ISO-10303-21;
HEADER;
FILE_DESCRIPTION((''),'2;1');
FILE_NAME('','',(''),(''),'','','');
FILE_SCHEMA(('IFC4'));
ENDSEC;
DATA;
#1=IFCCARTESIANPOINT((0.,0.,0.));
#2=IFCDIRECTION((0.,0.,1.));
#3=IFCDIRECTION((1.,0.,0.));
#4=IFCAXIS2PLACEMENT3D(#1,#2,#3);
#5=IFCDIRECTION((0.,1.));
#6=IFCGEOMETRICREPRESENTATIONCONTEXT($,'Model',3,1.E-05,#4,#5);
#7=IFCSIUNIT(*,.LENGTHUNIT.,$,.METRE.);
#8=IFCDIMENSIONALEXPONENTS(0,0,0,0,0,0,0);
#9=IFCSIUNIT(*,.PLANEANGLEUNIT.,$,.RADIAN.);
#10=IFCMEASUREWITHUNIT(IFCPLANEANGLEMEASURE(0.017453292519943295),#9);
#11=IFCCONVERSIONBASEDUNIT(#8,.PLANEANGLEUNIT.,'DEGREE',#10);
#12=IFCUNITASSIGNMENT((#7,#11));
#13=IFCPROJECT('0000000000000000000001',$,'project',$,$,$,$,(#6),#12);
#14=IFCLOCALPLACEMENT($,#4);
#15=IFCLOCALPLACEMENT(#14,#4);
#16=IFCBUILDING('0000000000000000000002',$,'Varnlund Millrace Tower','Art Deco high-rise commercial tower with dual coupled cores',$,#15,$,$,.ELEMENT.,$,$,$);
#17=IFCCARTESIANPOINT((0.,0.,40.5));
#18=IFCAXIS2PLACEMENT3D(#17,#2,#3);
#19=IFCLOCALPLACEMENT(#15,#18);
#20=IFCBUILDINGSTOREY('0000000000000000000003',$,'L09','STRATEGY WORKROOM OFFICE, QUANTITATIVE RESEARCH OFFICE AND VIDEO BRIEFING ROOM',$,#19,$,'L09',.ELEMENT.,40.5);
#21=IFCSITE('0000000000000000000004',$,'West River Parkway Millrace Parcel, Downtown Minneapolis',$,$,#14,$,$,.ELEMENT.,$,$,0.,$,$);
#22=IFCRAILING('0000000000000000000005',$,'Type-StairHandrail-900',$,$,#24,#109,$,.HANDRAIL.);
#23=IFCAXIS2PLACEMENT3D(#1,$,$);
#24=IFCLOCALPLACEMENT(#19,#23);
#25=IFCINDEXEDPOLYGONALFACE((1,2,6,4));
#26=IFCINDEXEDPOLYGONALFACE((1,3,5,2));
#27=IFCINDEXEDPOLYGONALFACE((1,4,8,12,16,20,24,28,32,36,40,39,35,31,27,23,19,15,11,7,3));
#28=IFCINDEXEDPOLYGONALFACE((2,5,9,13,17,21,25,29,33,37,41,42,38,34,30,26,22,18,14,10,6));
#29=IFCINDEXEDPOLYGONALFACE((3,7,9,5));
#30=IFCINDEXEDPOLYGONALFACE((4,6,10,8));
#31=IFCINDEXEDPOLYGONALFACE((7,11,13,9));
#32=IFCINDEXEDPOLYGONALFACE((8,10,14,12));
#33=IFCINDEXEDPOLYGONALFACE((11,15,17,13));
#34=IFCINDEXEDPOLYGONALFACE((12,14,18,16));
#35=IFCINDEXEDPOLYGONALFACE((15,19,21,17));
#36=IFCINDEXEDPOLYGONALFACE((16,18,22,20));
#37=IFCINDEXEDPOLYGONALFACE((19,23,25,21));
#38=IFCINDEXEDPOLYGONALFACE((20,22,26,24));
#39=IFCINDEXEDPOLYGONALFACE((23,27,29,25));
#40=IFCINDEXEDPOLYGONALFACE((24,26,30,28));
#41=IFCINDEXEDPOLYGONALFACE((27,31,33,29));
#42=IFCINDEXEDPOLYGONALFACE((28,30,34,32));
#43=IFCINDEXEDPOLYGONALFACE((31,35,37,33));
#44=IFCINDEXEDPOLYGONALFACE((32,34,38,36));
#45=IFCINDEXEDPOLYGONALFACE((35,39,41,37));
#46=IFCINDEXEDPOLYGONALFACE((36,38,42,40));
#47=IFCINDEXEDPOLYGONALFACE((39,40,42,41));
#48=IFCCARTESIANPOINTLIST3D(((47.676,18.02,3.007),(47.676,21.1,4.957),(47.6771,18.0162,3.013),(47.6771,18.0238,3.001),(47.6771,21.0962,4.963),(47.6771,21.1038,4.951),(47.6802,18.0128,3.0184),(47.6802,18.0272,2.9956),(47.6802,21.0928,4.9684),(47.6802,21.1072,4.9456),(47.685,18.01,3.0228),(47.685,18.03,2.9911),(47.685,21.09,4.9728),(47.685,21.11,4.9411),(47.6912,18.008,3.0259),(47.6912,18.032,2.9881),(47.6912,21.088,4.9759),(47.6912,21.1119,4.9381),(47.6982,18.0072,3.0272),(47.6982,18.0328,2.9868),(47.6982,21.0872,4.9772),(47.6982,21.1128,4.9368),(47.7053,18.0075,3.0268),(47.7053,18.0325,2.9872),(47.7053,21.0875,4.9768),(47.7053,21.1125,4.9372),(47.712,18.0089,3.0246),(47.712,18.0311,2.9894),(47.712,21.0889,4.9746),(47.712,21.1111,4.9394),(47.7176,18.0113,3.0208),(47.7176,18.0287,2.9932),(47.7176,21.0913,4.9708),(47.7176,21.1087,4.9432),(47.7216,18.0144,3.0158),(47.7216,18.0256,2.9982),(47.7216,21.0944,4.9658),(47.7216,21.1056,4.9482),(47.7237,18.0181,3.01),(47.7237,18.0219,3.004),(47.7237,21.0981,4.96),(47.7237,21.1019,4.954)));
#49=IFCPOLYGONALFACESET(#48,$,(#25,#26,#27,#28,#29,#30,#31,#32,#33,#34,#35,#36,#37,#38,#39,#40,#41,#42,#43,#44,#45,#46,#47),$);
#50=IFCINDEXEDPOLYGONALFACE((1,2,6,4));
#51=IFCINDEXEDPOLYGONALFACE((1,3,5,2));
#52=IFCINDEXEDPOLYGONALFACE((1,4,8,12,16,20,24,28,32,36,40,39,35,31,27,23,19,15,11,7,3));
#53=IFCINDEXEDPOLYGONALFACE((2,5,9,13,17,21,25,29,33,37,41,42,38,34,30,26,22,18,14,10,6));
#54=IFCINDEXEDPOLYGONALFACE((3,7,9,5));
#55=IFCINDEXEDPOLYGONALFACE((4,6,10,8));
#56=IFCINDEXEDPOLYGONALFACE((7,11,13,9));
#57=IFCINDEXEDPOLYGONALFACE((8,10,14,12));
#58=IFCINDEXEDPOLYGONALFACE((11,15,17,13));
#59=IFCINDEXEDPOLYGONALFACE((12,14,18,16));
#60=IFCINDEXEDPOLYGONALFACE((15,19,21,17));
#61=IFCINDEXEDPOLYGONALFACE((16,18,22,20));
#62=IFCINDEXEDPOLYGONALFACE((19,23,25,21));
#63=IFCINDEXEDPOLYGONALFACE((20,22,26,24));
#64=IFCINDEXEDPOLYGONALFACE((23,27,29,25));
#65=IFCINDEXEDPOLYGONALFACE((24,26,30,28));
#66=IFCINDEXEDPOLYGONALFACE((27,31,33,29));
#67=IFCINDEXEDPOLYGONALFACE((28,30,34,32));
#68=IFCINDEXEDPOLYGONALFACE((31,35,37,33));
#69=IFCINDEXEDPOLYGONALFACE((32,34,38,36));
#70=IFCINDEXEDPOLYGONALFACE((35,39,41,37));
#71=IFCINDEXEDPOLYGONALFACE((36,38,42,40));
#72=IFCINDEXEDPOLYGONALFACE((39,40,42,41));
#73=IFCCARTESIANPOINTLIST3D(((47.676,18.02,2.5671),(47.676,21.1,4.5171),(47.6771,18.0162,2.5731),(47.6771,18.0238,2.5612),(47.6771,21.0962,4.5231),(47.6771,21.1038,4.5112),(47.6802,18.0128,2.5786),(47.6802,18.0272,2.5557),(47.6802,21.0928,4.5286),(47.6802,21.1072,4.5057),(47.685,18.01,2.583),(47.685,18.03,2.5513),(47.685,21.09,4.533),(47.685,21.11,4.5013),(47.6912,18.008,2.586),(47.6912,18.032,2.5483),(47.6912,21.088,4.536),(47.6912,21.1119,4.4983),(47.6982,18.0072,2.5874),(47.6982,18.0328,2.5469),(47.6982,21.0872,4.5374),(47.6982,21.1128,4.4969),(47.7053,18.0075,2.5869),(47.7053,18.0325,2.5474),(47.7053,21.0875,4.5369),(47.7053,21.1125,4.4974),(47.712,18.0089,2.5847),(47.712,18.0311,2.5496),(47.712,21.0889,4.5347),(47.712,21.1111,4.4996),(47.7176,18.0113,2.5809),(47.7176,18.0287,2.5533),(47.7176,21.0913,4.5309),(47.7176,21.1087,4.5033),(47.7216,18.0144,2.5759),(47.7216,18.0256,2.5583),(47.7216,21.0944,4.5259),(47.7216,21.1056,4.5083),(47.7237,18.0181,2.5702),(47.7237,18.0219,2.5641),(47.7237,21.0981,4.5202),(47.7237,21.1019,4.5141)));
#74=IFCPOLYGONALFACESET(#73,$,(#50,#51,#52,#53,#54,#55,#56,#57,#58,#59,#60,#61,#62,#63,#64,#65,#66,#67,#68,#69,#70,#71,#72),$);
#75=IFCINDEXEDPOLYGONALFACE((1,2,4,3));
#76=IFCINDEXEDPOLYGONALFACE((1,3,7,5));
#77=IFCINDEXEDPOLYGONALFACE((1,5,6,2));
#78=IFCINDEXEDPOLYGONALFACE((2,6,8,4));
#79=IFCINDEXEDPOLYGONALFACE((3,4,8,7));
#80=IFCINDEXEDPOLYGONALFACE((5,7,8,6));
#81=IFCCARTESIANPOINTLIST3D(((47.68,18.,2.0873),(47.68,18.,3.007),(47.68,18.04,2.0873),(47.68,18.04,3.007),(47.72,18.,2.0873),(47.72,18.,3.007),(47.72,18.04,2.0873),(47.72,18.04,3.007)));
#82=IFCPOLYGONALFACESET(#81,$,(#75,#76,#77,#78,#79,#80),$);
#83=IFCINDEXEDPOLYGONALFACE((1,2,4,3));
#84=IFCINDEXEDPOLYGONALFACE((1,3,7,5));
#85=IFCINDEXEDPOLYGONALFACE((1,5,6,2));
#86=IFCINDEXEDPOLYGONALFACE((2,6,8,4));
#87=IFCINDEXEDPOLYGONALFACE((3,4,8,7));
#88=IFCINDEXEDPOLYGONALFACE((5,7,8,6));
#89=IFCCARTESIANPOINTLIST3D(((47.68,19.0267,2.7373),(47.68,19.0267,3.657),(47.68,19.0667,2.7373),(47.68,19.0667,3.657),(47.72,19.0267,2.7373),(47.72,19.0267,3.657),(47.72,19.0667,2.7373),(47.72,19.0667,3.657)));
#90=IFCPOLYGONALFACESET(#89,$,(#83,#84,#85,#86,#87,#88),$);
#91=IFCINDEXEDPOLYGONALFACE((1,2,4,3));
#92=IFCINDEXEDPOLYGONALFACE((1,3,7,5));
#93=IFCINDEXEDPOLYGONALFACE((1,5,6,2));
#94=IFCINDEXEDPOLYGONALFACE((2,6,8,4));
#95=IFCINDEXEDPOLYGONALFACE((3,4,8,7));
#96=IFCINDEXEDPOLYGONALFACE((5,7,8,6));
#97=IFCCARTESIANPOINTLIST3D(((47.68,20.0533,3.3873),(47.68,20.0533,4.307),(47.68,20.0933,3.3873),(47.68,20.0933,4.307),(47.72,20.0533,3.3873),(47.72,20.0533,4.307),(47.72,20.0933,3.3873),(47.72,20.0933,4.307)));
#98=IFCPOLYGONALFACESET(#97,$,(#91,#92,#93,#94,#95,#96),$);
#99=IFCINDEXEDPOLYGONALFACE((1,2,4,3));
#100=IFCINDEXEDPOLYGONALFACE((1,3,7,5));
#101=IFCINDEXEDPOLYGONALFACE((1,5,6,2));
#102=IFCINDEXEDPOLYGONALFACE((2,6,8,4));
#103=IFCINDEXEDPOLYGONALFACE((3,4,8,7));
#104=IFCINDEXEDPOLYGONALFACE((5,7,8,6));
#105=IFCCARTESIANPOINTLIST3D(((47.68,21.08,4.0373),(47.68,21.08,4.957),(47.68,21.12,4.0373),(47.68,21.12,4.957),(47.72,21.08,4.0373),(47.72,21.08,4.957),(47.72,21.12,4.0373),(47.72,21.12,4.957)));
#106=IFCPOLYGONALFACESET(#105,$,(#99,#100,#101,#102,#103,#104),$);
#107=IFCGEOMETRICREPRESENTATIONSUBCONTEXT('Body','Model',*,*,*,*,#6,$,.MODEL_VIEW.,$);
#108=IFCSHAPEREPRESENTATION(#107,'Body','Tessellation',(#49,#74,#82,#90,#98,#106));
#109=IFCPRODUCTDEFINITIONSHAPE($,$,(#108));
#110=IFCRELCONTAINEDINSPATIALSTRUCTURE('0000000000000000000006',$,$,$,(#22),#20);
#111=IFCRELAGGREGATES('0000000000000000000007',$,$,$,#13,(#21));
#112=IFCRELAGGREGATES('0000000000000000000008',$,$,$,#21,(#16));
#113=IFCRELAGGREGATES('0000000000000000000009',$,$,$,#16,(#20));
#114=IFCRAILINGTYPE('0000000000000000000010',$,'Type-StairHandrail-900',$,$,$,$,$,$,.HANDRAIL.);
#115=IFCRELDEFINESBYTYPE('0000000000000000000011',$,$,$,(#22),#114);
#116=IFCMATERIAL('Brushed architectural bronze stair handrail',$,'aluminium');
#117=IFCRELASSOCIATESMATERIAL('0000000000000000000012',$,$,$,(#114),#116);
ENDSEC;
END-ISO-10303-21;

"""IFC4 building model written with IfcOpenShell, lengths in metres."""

from ifc_helpers import new_model, entity, si_unit, converted_unit, direction, frame, origin_with_axes, origin_2d_with_axis, place, context, subcontext, project, spatial, rectangle, circle, extrude, material, type_object, element, save


model = new_model("IFC4")

# Units and contexts
model_context = context("Model", 3, precision=1e-05, world=origin_with_axes(), true_north=direction((0.0, 1.0)))
body_context = subcontext(model_context, "Body", "Model", "MODEL_VIEW")
ifc_project = project(units=[si_unit("LENGTHUNIT", "METRE"), converted_unit("PLANEANGLEUNIT", "DEGREE", entity("IfcPlaneAngleMeasure", 0.017453292519943295), si_unit("PLANEANGLEUNIT", "RADIAN"), dimensions=[0, 0, 0, 0, 0, 0, 0])], contexts=[model_context])

# Site, building, storey
site_placement = place(None, origin_with_axes())
site = spatial("IfcSite", under=ifc_project, at=site_placement, Name="West River Parkway Millrace Parcel, Downtown Minneapolis", CompositionType="ELEMENT", RefElevation=0.0)
building_placement = place(site_placement, origin_with_axes())
building = spatial("IfcBuilding", under=site, at=building_placement, Name="Varnlund Millrace Tower", Description="Art Deco high-rise commercial tower with dual coupled cores", CompositionType="ELEMENT")
storey_placement = place(building_placement, frame((0.0, 0.0, 40.5), z_axis=(0.0, 0.0, 1.0), x_axis=(1.0, 0.0, 0.0)))
storey = spatial("IfcBuildingStorey", under=building, at=storey_placement, Name="L09", Description="STRATEGY WORKROOM OFFICE, QUANTITATIVE RESEARCH OFFICE AND VIDEO BRIEFING ROOM", LongName="L09", CompositionType="ELEMENT", Elevation=40.5)

# Railing
ifc_material_1 = material(Name="Brushed architectural bronze stair handrail", Category="aluminium")
railing_type_1 = type_object("IfcRailingType", Name="Type-StairHandrail-900", PredefinedType="HANDRAIL", material=ifc_material_1)
railing_1_placement = place(storey_placement, frame((0.0, 0.0, -40.5), z_axis=(0.0, 0.0, 1.0), x_axis=(1.0, 0.0, 0.0)))
element("IfcRailing", 1, at=railing_1_placement, inside=storey, type_object=railing_type_1, Name="Type-StairHandrail-900", PredefinedType="HANDRAIL", context=body_context, shape_type="SweptSolid", body=[
    extrude(circle(Radius=0.024, at=origin_2d_with_axis()), frame((47.7, 18.02, 43.507), z_axis=(0.0, 0.844902, 0.534922), x_axis=(-1.0, 0.0, 0.0)), (0.0, 0.0, 1.0), 3.6454),
    extrude(circle(Radius=0.024, at=origin_2d_with_axis()), frame((47.7, 18.02, 43.0671), z_axis=(0.0, 0.844902, 0.534922), x_axis=(-1.0, 0.0, 0.0)), (0.0, 0.0, 1.0), 3.6454),
    extrude(rectangle(XDim=0.04, YDim=0.04, at=origin_2d_with_axis()), frame((47.7, 18.02, 42.5873), z_axis=(0.0, 0.0, 1.0), x_axis=(1.0, 0.0, 0.0)), (0.0, 0.0, 1.0), 0.9197),
    extrude(rectangle(XDim=0.04, YDim=0.04, at=origin_2d_with_axis()), frame((47.7, 19.0467, 43.2373), z_axis=(0.0, 0.0, 1.0), x_axis=(1.0, 0.0, 0.0)), (0.0, 0.0, 1.0), 0.9197),
    extrude(rectangle(XDim=0.04, YDim=0.04, at=origin_2d_with_axis()), frame((47.7, 20.0733, 43.8873), z_axis=(0.0, 0.0, 1.0), x_axis=(1.0, 0.0, 0.0)), (0.0, 0.0, 1.0), 0.9197),
    extrude(rectangle(XDim=0.04, YDim=0.04, at=origin_2d_with_axis()), frame((47.7, 21.1, 44.5373), z_axis=(0.0, 0.0, 1.0), x_axis=(1.0, 0.0, 0.0)), (0.0, 0.0, 1.0), 0.9197),
])

save(model, "model.ifc")
